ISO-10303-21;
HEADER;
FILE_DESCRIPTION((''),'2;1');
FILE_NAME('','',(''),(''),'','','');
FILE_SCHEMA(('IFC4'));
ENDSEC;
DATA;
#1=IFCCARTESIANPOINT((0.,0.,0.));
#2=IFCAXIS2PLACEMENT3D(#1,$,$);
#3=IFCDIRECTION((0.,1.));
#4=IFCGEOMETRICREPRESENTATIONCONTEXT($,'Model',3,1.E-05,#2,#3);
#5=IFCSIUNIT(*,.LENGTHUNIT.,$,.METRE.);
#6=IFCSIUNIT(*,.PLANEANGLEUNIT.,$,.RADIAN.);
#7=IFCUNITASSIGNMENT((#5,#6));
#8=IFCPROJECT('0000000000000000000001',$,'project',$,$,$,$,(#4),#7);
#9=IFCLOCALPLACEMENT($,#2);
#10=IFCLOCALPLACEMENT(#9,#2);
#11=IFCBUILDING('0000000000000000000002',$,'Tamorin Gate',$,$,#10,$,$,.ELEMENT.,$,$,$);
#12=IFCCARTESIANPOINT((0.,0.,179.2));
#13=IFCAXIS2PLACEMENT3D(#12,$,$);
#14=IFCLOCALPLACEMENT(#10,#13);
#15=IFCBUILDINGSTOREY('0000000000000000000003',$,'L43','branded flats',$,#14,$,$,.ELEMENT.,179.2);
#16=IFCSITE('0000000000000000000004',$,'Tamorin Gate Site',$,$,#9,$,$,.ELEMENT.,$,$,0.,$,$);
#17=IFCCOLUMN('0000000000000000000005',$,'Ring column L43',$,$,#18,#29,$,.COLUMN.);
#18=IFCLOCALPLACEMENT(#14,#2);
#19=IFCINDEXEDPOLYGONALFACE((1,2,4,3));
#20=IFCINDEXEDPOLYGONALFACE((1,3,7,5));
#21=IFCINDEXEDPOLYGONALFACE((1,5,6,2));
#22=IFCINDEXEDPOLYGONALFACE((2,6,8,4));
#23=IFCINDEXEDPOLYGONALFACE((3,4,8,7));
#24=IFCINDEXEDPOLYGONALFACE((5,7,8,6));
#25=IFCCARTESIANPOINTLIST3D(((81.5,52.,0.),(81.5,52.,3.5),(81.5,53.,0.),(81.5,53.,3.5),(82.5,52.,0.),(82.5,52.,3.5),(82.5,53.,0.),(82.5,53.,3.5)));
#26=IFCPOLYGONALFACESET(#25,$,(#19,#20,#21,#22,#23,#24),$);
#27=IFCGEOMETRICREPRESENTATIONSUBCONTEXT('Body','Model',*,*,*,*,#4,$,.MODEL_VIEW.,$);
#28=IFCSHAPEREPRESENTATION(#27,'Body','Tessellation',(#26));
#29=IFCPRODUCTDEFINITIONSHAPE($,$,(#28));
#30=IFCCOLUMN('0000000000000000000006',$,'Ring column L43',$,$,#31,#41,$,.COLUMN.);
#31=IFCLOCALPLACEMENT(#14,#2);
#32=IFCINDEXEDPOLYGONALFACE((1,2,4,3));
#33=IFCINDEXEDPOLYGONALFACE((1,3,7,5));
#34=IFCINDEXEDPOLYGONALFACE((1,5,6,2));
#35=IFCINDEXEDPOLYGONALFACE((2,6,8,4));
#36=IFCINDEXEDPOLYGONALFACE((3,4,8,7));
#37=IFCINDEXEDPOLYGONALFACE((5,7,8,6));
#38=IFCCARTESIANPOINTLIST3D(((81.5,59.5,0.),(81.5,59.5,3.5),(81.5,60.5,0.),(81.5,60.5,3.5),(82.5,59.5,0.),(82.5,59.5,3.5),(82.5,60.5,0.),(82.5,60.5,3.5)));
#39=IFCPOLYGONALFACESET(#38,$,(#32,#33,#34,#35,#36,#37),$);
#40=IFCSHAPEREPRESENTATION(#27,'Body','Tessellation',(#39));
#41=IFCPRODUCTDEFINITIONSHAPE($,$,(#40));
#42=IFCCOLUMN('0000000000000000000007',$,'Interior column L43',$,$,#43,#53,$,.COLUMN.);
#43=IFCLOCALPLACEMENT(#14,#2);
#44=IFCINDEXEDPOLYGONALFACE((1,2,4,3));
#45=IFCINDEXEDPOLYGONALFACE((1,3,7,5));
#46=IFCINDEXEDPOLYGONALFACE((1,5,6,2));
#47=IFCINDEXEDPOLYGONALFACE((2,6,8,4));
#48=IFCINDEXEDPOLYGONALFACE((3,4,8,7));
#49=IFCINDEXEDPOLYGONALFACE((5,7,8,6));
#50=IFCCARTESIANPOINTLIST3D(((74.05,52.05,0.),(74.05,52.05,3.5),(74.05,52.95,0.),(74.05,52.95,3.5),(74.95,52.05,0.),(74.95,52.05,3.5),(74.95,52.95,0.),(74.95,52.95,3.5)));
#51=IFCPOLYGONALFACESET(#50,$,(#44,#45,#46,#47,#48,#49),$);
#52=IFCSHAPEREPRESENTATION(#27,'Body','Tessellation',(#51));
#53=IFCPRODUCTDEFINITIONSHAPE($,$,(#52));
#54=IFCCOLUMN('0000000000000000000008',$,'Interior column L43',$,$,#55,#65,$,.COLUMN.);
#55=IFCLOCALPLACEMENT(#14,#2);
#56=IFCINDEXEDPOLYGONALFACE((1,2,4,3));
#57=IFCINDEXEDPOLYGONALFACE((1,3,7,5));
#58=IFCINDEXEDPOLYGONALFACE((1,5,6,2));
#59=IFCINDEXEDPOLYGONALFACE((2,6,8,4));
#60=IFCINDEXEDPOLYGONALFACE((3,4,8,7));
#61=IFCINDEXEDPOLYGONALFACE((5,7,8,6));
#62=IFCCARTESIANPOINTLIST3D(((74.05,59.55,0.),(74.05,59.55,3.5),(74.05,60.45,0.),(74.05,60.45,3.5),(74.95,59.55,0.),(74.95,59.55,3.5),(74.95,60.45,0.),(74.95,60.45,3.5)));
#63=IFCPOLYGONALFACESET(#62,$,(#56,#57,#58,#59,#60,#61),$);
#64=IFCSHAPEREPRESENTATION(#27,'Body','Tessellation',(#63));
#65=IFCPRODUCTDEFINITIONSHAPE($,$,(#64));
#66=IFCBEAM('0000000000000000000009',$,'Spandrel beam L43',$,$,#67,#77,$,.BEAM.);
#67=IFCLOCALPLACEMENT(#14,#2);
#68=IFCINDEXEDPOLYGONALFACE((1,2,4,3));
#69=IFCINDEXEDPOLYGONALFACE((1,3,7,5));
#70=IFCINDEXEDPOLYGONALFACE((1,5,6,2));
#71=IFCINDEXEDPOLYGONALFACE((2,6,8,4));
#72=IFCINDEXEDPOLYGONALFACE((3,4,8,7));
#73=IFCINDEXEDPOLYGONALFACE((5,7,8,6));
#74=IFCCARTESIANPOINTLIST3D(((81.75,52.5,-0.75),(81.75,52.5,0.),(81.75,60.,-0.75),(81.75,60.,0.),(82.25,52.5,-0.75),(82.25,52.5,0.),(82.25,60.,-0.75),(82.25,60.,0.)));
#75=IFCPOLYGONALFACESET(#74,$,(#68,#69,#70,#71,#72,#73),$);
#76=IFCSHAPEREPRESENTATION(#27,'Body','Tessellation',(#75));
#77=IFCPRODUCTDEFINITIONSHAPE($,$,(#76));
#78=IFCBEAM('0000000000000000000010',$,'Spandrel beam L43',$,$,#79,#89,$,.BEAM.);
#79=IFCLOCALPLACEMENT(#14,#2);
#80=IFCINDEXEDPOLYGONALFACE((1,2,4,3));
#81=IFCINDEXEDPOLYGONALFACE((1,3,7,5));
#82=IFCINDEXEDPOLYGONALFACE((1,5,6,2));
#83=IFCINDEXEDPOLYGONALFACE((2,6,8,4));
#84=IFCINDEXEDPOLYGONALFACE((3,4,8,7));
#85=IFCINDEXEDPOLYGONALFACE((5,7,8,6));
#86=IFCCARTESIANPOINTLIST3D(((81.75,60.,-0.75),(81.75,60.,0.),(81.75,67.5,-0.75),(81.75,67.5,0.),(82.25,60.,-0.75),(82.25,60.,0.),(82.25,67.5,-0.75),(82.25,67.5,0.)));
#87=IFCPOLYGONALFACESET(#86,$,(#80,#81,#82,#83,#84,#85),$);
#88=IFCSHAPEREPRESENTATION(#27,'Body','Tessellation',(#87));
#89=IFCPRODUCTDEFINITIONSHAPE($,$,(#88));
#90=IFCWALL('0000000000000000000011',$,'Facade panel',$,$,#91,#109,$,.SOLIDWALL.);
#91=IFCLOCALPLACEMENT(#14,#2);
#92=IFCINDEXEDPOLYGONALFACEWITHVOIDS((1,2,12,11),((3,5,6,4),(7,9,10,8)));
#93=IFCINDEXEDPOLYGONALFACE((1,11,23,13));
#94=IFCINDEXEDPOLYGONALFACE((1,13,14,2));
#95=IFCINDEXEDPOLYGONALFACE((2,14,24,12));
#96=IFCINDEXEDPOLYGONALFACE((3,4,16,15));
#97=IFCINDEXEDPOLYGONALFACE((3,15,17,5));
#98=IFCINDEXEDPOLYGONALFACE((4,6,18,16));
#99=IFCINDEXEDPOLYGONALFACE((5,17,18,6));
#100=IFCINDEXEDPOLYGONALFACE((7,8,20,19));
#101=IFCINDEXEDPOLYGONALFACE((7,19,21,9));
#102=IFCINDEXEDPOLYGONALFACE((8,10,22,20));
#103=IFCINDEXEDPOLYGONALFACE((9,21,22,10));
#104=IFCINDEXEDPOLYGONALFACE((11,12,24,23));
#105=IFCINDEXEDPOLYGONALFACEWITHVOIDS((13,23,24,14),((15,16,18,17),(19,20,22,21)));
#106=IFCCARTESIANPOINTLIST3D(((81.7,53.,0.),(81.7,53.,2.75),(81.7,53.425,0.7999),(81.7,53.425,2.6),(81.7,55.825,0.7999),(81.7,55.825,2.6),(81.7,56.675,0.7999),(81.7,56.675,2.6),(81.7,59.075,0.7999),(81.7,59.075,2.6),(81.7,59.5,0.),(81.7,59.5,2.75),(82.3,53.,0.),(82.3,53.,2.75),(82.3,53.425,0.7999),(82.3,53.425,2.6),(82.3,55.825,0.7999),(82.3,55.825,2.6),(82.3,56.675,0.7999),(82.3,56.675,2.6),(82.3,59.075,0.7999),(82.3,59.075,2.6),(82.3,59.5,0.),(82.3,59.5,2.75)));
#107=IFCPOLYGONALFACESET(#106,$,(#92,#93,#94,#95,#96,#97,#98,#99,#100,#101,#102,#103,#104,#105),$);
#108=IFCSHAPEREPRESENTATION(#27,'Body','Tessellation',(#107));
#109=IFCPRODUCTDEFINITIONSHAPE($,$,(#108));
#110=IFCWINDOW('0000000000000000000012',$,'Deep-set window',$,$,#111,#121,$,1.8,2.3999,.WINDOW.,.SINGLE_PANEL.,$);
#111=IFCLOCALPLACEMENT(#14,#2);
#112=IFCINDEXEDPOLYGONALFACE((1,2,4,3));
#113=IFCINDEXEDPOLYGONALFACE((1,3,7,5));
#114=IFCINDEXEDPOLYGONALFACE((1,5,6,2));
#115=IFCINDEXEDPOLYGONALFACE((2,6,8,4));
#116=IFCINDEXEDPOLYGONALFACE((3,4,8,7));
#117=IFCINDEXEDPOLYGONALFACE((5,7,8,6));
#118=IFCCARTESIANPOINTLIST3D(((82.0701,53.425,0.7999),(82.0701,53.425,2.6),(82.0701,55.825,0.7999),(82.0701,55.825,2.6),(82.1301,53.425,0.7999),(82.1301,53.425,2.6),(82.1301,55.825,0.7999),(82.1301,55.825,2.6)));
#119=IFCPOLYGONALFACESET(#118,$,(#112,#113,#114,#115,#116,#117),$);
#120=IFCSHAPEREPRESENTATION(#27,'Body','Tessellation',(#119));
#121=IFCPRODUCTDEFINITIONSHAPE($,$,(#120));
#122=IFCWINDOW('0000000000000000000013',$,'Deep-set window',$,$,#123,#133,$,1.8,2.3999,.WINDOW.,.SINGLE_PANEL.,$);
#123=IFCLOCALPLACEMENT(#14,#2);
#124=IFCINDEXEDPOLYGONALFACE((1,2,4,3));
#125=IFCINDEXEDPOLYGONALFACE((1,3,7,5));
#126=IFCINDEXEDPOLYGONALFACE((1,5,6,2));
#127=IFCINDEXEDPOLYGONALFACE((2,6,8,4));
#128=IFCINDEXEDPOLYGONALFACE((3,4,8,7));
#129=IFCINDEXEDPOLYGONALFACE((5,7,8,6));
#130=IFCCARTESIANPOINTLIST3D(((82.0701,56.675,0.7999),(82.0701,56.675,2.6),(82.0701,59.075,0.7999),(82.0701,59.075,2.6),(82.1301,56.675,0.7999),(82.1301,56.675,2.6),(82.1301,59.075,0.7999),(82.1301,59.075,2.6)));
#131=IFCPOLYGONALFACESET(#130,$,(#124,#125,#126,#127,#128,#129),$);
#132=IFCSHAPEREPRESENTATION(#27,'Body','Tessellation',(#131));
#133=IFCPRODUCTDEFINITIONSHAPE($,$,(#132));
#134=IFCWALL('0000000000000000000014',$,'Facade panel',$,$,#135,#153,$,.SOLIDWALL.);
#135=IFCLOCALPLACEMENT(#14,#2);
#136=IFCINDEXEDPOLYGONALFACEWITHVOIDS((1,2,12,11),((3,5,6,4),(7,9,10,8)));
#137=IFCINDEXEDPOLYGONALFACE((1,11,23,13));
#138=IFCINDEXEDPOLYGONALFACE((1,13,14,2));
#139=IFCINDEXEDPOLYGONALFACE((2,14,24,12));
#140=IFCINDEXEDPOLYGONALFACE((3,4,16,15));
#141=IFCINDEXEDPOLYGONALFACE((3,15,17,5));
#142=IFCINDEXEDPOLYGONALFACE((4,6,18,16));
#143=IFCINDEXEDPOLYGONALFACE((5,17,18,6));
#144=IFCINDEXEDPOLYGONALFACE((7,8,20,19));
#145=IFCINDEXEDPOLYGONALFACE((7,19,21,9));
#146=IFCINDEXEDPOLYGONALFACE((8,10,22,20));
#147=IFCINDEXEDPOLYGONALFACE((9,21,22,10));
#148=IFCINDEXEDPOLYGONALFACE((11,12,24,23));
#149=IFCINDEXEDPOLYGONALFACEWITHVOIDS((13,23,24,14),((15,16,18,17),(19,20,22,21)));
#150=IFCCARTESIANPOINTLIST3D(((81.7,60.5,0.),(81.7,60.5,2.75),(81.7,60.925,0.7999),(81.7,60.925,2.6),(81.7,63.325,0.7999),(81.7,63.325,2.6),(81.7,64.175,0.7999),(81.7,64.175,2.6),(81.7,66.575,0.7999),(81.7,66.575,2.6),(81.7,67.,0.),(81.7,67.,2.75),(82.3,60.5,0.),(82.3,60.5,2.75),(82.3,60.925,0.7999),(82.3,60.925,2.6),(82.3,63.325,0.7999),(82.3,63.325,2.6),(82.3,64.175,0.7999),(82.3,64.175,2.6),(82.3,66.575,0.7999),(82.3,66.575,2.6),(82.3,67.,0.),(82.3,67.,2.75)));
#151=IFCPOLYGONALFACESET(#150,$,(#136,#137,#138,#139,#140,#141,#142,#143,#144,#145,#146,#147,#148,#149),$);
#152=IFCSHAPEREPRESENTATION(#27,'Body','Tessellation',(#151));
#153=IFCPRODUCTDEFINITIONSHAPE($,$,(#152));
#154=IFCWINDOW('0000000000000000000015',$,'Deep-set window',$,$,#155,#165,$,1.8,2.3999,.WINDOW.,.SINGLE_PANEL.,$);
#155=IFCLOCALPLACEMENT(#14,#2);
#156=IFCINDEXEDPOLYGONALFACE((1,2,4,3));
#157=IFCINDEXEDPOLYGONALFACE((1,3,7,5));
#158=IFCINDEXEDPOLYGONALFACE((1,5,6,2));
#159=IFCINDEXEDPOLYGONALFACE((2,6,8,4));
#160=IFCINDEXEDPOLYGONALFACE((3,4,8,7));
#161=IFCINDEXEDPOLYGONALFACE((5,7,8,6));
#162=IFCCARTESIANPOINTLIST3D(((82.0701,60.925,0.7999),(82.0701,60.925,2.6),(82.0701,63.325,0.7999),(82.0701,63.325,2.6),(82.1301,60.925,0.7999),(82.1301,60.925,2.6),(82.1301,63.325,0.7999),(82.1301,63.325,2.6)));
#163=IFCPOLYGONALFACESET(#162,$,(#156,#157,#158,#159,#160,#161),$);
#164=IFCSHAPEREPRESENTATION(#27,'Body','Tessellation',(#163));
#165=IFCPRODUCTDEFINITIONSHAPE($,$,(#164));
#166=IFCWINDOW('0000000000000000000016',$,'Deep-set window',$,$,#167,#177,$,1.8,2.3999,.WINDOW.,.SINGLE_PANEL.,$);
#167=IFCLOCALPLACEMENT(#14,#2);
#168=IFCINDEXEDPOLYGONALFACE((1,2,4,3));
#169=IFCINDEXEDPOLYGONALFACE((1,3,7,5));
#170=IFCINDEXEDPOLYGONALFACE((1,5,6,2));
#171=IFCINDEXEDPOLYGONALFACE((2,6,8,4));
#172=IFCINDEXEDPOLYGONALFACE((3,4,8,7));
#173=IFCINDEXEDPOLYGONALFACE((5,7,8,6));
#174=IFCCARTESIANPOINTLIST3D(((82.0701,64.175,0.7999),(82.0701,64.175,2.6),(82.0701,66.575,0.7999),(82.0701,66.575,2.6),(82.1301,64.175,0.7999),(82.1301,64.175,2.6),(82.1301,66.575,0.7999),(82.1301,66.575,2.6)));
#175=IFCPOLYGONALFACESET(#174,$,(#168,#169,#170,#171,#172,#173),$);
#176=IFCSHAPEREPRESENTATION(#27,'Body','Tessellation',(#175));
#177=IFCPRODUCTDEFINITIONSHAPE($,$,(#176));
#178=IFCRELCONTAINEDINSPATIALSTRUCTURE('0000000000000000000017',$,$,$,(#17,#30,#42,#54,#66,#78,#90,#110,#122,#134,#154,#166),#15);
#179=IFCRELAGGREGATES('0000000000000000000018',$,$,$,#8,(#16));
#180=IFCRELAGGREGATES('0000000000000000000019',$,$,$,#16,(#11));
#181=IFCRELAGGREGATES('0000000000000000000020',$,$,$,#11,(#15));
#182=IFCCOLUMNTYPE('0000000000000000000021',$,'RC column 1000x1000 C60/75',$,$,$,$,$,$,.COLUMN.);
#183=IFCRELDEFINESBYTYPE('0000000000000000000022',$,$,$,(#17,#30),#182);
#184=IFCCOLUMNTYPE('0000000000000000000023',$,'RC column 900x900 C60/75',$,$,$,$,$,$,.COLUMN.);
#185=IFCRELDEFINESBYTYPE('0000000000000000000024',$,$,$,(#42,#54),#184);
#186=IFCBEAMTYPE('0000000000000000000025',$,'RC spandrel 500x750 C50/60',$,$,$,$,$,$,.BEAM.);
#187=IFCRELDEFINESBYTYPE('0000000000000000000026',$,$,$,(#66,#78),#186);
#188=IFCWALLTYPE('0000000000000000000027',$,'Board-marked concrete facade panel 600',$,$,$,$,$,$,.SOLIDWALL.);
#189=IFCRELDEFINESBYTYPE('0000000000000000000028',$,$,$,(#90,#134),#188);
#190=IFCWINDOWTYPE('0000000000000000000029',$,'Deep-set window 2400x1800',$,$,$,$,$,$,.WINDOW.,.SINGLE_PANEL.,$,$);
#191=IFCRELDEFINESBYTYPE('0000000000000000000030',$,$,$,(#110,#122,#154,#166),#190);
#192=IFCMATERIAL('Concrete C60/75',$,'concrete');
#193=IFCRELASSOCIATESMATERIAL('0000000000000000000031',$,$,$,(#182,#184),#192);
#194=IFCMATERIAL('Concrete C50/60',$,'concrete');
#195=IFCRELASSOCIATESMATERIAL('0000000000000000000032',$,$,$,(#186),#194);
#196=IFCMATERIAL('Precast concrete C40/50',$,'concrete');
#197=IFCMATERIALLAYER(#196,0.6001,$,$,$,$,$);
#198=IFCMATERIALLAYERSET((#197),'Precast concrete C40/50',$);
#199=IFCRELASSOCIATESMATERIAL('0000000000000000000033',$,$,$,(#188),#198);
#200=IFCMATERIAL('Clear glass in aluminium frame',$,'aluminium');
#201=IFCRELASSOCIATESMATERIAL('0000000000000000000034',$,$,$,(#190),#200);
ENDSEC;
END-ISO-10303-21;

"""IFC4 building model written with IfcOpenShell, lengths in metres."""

from ifc_helpers import new_model, si_unit, direction, frame, frame_2d, origin, origin_2d, place, context, subcontext, project, spatial, rectangle, extrude, material, layer, layer_set, material_profile, profile_set, type_object, element, fill, save


model = new_model("IFC4")

# Units and contexts
model_context = context("Model", 3, precision=1e-05, world=origin(), true_north=direction((0.0, 1.0)))
body_context = subcontext(model_context, "Body", "Model", "MODEL_VIEW")
ifc_project = project(units=[si_unit("LENGTHUNIT", "METRE"), si_unit("PLANEANGLEUNIT", "RADIAN")], contexts=[model_context])

# Site, building, storey
site_placement = place(None, origin())
site = spatial("IfcSite", under=ifc_project, at=site_placement, Name="Tamorin Gate Site", CompositionType="ELEMENT", RefElevation=0.0)
building_placement = place(site_placement, origin())
building = spatial("IfcBuilding", under=site, at=building_placement, Name="Tamorin Gate", CompositionType="ELEMENT")
storey_placement = place(building_placement, frame((0.0, 0.0, 179.2)))
storey = spatial("IfcBuildingStorey", under=building, at=storey_placement, Name="L43", Description="branded flats", CompositionType="ELEMENT", Elevation=179.2)

# Columns
ifc_material_1 = material(Name="Concrete C60/75", Category="concrete")
ifc_material_profile_1 = material_profile(ifc_material_1, rectangle(XDim=1.0, YDim=1.0, at=origin_2d()), Name="RC 1000x1000")
ifc_profile_set_1 = profile_set([ifc_material_profile_1], Name="Concrete C60/75")
column_type_1 = type_object("IfcColumnType", Name="RC column 1000x1000 C60/75", PredefinedType="COLUMN", material=ifc_profile_set_1)
for number, where, z_axis, x_axis, name in (
    (1, (82.0, 52.5, 0.0), (0.0, 0.0, 1.0), (1.0, 0.0, 0.0), "Ring column L43"),
    (2, (82.0, 60.0, 0.0), (0.0, 0.0, 1.0), (1.0, 0.0, 0.0), "Ring column L43"),
):
    element("IfcColumn", number, at=place(storey_placement, frame(where, z_axis=z_axis, x_axis=x_axis)), inside=storey, type_object=column_type_1, Name=name, PredefinedType="COLUMN", context=body_context, shape_type="SweptSolid", body=[
        extrude(rectangle(XDim=1.0, YDim=1.0, at=origin_2d()), origin(), (0.0, 0.0, 1.0), 3.5),
    ])
ifc_material_profile_2 = material_profile(ifc_material_1, rectangle(XDim=0.8999, YDim=0.8999, at=origin_2d()), Name="RC 900x900")
ifc_profile_set_2 = profile_set([ifc_material_profile_2], Name="Concrete C60/75")
column_type_2 = type_object("IfcColumnType", Name="RC column 900x900 C60/75", PredefinedType="COLUMN", material=ifc_profile_set_2)
for number, where, z_axis, x_axis, name in (
    (3, (74.5, 52.5, 0.0), (0.0, 0.0, 1.0), (1.0, 0.0, 0.0), "Interior column L43"),
    (4, (74.5, 60.0, 0.0), (0.0, 0.0, 1.0), (1.0, 0.0, 0.0), "Interior column L43"),
):
    element("IfcColumn", number, at=place(storey_placement, frame(where, z_axis=z_axis, x_axis=x_axis)), inside=storey, type_object=column_type_2, Name=name, PredefinedType="COLUMN", context=body_context, shape_type="SweptSolid", body=[
        extrude(rectangle(XDim=0.8999, YDim=0.8999, at=origin_2d()), origin(), (0.0, 0.0, 1.0), 3.5),
    ])

# Beams
ifc_material_2 = material(Name="Concrete C50/60", Category="concrete")
ifc_material_profile_3 = material_profile(ifc_material_2, rectangle(XDim=0.5, YDim=0.75, at=origin_2d()), Name="RC 500x750")
ifc_profile_set_3 = profile_set([ifc_material_profile_3], Name="Concrete C50/60")
beam_type = type_object("IfcBeamType", Name="RC spandrel 500x750 C50/60", PredefinedType="BEAM", material=ifc_profile_set_3)
for number, where, z_axis, x_axis, name in (
    (5, (82.0, 52.5, -0.375), (0.0, 1.0, 0.0), (-1.0, 0.0, 0.0), "Spandrel beam L43"),
    (6, (82.0, 60.0, -0.375), (0.0, 1.0, 0.0), (-1.0, 0.0, 0.0), "Spandrel beam L43"),
):
    element("IfcBeam", number, at=place(storey_placement, frame(where, z_axis=z_axis, x_axis=x_axis)), inside=storey, type_object=beam_type, Name=name, PredefinedType="BEAM", context=body_context, shape_type="SweptSolid", body=[
        extrude(rectangle(XDim=0.5, YDim=0.75, at=origin_2d()), origin(), (0.0, 0.0, 1.0), 7.5),
    ])

# Walls, openings, windows
ifc_material_3 = material(Name="Precast concrete C40/50", Category="concrete")
ifc_layer_1 = layer(ifc_material_3, 0.6001)
ifc_layer_set_1 = layer_set([ifc_layer_1], Name="Precast concrete C40/50")
wall_type_1 = type_object("IfcWallType", Name="Board-marked concrete facade panel 600", PredefinedType="SOLIDWALL", material=ifc_layer_set_1)
wall_1_placement = place(storey_placement, frame((82.0, 53.0, 0.0), z_axis=(0.0, 0.0, 1.0), x_axis=(0.0, 1.0, 0.0)))
wall_1 = element("IfcWall", 7, at=wall_1_placement, inside=storey, type_object=wall_type_1, Name="Facade panel", PredefinedType="SOLIDWALL", context=body_context, shape_type="SweptSolid", body=[
    extrude(rectangle(XDim=6.5, YDim=0.6001, at=frame_2d((3.25, 0.0))), origin(), (0.0, 0.0, 1.0), 2.75),
])
opening_1_placement = place(wall_1_placement, frame((0.425, 0.0, 0.8)))
opening_1 = element("IfcOpeningElement", 8, at=opening_1_placement, cuts=wall_1, PredefinedType="OPENING", context=body_context, shape_type="SweptSolid", body=[
    extrude(rectangle(XDim=2.3999, YDim=1.8, at=frame_2d((1.2, 0.8999))), frame((0.0, 0.3101, 0.0), z_axis=(0.0, -1.0, 0.0), x_axis=(1.0, 0.0, 0.0)), (0.0, 0.0, 1.0), 0.6201),
])
opening_2_placement = place(wall_1_placement, frame((3.675, 0.0, 0.8)))
opening_2 = element("IfcOpeningElement", 9, at=opening_2_placement, cuts=wall_1, PredefinedType="OPENING", context=body_context, shape_type="SweptSolid", body=[
    extrude(rectangle(XDim=2.3999, YDim=1.8, at=frame_2d((1.2, 0.8999))), frame((0.0, 0.3101, 0.0), z_axis=(0.0, -1.0, 0.0), x_axis=(1.0, 0.0, 0.0)), (0.0, 0.0, 1.0), 0.6201),
])
ifc_material_4 = material(Name="Clear glass in aluminium frame", Category="aluminium")
window_type = type_object("IfcWindowType", Name="Deep-set window 2400x1800", PartitioningType="SINGLE_PANEL", PredefinedType="WINDOW", material=ifc_material_4)
window_1_placement = place(opening_1_placement, origin())
window_1 = element("IfcWindow", 10, at=window_1_placement, inside=storey, type_object=window_type, Name="Deep-set window", OverallHeight=1.8, OverallWidth=2.3999, PartitioningType="SINGLE_PANEL", PredefinedType="WINDOW", context=body_context, shape_type="SweptSolid", body=[
    extrude(rectangle(XDim=2.3999, YDim=1.8, at=frame_2d((1.2, 0.8999))), frame((0.0, -0.0701, 0.0), z_axis=(0.0, -1.0, 0.0), x_axis=(1.0, 0.0, 0.0)), (0.0, 0.0, 1.0), 0.0601),
])
fill(opening_1, window_1)
window_2_placement = place(opening_2_placement, origin())
window_2 = element("IfcWindow", 11, at=window_2_placement, inside=storey, type_object=window_type, Name="Deep-set window", OverallHeight=1.8, OverallWidth=2.3999, PartitioningType="SINGLE_PANEL", PredefinedType="WINDOW", context=body_context, shape_type="SweptSolid", body=[
    extrude(rectangle(XDim=2.3999, YDim=1.8, at=frame_2d((1.2, 0.8999))), frame((0.0, -0.0701, 0.0), z_axis=(0.0, -1.0, 0.0), x_axis=(1.0, 0.0, 0.0)), (0.0, 0.0, 1.0), 0.0601),
])
fill(opening_2, window_2)
wall_2_placement = place(storey_placement, frame((82.0, 60.5, 0.0), z_axis=(0.0, 0.0, 1.0), x_axis=(0.0, 1.0, 0.0)))
wall_2 = element("IfcWall", 12, at=wall_2_placement, inside=storey, type_object=wall_type_1, Name="Facade panel", PredefinedType="SOLIDWALL", context=body_context, shape_type="SweptSolid", body=[
    extrude(rectangle(XDim=6.5, YDim=0.6001, at=frame_2d((3.25, 0.0))), origin(), (0.0, 0.0, 1.0), 2.75),
])
opening_3_placement = place(wall_2_placement, frame((0.425, 0.0, 0.8)))
opening_3 = element("IfcOpeningElement", 13, at=opening_3_placement, cuts=wall_2, PredefinedType="OPENING", context=body_context, shape_type="SweptSolid", body=[
    extrude(rectangle(XDim=2.3999, YDim=1.8, at=frame_2d((1.2, 0.8999))), frame((0.0, 0.3101, 0.0), z_axis=(0.0, -1.0, 0.0), x_axis=(1.0, 0.0, 0.0)), (0.0, 0.0, 1.0), 0.6201),
])
opening_4_placement = place(wall_2_placement, frame((3.675, 0.0, 0.8)))
opening_4 = element("IfcOpeningElement", 14, at=opening_4_placement, cuts=wall_2, PredefinedType="OPENING", context=body_context, shape_type="SweptSolid", body=[
    extrude(rectangle(XDim=2.3999, YDim=1.8, at=frame_2d((1.2, 0.8999))), frame((0.0, 0.3101, 0.0), z_axis=(0.0, -1.0, 0.0), x_axis=(1.0, 0.0, 0.0)), (0.0, 0.0, 1.0), 0.6201),
])
window_3_placement = place(opening_3_placement, origin())
window_3 = element("IfcWindow", 15, at=window_3_placement, inside=storey, type_object=window_type, Name="Deep-set window", OverallHeight=1.8, OverallWidth=2.3999, PartitioningType="SINGLE_PANEL", PredefinedType="WINDOW", context=body_context, shape_type="SweptSolid", body=[
    extrude(rectangle(XDim=2.3999, YDim=1.8, at=frame_2d((1.2, 0.8999))), frame((0.0, -0.0701, 0.0), z_axis=(0.0, -1.0, 0.0), x_axis=(1.0, 0.0, 0.0)), (0.0, 0.0, 1.0), 0.0601),
])
fill(opening_3, window_3)
window_4_placement = place(opening_4_placement, origin())
window_4 = element("IfcWindow", 16, at=window_4_placement, inside=storey, type_object=window_type, Name="Deep-set window", OverallHeight=1.8, OverallWidth=2.3999, PartitioningType="SINGLE_PANEL", PredefinedType="WINDOW", context=body_context, shape_type="SweptSolid", body=[
    extrude(rectangle(XDim=2.3999, YDim=1.8, at=frame_2d((1.2, 0.8999))), frame((0.0, -0.0701, 0.0), z_axis=(0.0, -1.0, 0.0), x_axis=(1.0, 0.0, 0.0)), (0.0, 0.0, 1.0), 0.0601),
])
fill(opening_4, window_4)

save(model, "model.ifc")
